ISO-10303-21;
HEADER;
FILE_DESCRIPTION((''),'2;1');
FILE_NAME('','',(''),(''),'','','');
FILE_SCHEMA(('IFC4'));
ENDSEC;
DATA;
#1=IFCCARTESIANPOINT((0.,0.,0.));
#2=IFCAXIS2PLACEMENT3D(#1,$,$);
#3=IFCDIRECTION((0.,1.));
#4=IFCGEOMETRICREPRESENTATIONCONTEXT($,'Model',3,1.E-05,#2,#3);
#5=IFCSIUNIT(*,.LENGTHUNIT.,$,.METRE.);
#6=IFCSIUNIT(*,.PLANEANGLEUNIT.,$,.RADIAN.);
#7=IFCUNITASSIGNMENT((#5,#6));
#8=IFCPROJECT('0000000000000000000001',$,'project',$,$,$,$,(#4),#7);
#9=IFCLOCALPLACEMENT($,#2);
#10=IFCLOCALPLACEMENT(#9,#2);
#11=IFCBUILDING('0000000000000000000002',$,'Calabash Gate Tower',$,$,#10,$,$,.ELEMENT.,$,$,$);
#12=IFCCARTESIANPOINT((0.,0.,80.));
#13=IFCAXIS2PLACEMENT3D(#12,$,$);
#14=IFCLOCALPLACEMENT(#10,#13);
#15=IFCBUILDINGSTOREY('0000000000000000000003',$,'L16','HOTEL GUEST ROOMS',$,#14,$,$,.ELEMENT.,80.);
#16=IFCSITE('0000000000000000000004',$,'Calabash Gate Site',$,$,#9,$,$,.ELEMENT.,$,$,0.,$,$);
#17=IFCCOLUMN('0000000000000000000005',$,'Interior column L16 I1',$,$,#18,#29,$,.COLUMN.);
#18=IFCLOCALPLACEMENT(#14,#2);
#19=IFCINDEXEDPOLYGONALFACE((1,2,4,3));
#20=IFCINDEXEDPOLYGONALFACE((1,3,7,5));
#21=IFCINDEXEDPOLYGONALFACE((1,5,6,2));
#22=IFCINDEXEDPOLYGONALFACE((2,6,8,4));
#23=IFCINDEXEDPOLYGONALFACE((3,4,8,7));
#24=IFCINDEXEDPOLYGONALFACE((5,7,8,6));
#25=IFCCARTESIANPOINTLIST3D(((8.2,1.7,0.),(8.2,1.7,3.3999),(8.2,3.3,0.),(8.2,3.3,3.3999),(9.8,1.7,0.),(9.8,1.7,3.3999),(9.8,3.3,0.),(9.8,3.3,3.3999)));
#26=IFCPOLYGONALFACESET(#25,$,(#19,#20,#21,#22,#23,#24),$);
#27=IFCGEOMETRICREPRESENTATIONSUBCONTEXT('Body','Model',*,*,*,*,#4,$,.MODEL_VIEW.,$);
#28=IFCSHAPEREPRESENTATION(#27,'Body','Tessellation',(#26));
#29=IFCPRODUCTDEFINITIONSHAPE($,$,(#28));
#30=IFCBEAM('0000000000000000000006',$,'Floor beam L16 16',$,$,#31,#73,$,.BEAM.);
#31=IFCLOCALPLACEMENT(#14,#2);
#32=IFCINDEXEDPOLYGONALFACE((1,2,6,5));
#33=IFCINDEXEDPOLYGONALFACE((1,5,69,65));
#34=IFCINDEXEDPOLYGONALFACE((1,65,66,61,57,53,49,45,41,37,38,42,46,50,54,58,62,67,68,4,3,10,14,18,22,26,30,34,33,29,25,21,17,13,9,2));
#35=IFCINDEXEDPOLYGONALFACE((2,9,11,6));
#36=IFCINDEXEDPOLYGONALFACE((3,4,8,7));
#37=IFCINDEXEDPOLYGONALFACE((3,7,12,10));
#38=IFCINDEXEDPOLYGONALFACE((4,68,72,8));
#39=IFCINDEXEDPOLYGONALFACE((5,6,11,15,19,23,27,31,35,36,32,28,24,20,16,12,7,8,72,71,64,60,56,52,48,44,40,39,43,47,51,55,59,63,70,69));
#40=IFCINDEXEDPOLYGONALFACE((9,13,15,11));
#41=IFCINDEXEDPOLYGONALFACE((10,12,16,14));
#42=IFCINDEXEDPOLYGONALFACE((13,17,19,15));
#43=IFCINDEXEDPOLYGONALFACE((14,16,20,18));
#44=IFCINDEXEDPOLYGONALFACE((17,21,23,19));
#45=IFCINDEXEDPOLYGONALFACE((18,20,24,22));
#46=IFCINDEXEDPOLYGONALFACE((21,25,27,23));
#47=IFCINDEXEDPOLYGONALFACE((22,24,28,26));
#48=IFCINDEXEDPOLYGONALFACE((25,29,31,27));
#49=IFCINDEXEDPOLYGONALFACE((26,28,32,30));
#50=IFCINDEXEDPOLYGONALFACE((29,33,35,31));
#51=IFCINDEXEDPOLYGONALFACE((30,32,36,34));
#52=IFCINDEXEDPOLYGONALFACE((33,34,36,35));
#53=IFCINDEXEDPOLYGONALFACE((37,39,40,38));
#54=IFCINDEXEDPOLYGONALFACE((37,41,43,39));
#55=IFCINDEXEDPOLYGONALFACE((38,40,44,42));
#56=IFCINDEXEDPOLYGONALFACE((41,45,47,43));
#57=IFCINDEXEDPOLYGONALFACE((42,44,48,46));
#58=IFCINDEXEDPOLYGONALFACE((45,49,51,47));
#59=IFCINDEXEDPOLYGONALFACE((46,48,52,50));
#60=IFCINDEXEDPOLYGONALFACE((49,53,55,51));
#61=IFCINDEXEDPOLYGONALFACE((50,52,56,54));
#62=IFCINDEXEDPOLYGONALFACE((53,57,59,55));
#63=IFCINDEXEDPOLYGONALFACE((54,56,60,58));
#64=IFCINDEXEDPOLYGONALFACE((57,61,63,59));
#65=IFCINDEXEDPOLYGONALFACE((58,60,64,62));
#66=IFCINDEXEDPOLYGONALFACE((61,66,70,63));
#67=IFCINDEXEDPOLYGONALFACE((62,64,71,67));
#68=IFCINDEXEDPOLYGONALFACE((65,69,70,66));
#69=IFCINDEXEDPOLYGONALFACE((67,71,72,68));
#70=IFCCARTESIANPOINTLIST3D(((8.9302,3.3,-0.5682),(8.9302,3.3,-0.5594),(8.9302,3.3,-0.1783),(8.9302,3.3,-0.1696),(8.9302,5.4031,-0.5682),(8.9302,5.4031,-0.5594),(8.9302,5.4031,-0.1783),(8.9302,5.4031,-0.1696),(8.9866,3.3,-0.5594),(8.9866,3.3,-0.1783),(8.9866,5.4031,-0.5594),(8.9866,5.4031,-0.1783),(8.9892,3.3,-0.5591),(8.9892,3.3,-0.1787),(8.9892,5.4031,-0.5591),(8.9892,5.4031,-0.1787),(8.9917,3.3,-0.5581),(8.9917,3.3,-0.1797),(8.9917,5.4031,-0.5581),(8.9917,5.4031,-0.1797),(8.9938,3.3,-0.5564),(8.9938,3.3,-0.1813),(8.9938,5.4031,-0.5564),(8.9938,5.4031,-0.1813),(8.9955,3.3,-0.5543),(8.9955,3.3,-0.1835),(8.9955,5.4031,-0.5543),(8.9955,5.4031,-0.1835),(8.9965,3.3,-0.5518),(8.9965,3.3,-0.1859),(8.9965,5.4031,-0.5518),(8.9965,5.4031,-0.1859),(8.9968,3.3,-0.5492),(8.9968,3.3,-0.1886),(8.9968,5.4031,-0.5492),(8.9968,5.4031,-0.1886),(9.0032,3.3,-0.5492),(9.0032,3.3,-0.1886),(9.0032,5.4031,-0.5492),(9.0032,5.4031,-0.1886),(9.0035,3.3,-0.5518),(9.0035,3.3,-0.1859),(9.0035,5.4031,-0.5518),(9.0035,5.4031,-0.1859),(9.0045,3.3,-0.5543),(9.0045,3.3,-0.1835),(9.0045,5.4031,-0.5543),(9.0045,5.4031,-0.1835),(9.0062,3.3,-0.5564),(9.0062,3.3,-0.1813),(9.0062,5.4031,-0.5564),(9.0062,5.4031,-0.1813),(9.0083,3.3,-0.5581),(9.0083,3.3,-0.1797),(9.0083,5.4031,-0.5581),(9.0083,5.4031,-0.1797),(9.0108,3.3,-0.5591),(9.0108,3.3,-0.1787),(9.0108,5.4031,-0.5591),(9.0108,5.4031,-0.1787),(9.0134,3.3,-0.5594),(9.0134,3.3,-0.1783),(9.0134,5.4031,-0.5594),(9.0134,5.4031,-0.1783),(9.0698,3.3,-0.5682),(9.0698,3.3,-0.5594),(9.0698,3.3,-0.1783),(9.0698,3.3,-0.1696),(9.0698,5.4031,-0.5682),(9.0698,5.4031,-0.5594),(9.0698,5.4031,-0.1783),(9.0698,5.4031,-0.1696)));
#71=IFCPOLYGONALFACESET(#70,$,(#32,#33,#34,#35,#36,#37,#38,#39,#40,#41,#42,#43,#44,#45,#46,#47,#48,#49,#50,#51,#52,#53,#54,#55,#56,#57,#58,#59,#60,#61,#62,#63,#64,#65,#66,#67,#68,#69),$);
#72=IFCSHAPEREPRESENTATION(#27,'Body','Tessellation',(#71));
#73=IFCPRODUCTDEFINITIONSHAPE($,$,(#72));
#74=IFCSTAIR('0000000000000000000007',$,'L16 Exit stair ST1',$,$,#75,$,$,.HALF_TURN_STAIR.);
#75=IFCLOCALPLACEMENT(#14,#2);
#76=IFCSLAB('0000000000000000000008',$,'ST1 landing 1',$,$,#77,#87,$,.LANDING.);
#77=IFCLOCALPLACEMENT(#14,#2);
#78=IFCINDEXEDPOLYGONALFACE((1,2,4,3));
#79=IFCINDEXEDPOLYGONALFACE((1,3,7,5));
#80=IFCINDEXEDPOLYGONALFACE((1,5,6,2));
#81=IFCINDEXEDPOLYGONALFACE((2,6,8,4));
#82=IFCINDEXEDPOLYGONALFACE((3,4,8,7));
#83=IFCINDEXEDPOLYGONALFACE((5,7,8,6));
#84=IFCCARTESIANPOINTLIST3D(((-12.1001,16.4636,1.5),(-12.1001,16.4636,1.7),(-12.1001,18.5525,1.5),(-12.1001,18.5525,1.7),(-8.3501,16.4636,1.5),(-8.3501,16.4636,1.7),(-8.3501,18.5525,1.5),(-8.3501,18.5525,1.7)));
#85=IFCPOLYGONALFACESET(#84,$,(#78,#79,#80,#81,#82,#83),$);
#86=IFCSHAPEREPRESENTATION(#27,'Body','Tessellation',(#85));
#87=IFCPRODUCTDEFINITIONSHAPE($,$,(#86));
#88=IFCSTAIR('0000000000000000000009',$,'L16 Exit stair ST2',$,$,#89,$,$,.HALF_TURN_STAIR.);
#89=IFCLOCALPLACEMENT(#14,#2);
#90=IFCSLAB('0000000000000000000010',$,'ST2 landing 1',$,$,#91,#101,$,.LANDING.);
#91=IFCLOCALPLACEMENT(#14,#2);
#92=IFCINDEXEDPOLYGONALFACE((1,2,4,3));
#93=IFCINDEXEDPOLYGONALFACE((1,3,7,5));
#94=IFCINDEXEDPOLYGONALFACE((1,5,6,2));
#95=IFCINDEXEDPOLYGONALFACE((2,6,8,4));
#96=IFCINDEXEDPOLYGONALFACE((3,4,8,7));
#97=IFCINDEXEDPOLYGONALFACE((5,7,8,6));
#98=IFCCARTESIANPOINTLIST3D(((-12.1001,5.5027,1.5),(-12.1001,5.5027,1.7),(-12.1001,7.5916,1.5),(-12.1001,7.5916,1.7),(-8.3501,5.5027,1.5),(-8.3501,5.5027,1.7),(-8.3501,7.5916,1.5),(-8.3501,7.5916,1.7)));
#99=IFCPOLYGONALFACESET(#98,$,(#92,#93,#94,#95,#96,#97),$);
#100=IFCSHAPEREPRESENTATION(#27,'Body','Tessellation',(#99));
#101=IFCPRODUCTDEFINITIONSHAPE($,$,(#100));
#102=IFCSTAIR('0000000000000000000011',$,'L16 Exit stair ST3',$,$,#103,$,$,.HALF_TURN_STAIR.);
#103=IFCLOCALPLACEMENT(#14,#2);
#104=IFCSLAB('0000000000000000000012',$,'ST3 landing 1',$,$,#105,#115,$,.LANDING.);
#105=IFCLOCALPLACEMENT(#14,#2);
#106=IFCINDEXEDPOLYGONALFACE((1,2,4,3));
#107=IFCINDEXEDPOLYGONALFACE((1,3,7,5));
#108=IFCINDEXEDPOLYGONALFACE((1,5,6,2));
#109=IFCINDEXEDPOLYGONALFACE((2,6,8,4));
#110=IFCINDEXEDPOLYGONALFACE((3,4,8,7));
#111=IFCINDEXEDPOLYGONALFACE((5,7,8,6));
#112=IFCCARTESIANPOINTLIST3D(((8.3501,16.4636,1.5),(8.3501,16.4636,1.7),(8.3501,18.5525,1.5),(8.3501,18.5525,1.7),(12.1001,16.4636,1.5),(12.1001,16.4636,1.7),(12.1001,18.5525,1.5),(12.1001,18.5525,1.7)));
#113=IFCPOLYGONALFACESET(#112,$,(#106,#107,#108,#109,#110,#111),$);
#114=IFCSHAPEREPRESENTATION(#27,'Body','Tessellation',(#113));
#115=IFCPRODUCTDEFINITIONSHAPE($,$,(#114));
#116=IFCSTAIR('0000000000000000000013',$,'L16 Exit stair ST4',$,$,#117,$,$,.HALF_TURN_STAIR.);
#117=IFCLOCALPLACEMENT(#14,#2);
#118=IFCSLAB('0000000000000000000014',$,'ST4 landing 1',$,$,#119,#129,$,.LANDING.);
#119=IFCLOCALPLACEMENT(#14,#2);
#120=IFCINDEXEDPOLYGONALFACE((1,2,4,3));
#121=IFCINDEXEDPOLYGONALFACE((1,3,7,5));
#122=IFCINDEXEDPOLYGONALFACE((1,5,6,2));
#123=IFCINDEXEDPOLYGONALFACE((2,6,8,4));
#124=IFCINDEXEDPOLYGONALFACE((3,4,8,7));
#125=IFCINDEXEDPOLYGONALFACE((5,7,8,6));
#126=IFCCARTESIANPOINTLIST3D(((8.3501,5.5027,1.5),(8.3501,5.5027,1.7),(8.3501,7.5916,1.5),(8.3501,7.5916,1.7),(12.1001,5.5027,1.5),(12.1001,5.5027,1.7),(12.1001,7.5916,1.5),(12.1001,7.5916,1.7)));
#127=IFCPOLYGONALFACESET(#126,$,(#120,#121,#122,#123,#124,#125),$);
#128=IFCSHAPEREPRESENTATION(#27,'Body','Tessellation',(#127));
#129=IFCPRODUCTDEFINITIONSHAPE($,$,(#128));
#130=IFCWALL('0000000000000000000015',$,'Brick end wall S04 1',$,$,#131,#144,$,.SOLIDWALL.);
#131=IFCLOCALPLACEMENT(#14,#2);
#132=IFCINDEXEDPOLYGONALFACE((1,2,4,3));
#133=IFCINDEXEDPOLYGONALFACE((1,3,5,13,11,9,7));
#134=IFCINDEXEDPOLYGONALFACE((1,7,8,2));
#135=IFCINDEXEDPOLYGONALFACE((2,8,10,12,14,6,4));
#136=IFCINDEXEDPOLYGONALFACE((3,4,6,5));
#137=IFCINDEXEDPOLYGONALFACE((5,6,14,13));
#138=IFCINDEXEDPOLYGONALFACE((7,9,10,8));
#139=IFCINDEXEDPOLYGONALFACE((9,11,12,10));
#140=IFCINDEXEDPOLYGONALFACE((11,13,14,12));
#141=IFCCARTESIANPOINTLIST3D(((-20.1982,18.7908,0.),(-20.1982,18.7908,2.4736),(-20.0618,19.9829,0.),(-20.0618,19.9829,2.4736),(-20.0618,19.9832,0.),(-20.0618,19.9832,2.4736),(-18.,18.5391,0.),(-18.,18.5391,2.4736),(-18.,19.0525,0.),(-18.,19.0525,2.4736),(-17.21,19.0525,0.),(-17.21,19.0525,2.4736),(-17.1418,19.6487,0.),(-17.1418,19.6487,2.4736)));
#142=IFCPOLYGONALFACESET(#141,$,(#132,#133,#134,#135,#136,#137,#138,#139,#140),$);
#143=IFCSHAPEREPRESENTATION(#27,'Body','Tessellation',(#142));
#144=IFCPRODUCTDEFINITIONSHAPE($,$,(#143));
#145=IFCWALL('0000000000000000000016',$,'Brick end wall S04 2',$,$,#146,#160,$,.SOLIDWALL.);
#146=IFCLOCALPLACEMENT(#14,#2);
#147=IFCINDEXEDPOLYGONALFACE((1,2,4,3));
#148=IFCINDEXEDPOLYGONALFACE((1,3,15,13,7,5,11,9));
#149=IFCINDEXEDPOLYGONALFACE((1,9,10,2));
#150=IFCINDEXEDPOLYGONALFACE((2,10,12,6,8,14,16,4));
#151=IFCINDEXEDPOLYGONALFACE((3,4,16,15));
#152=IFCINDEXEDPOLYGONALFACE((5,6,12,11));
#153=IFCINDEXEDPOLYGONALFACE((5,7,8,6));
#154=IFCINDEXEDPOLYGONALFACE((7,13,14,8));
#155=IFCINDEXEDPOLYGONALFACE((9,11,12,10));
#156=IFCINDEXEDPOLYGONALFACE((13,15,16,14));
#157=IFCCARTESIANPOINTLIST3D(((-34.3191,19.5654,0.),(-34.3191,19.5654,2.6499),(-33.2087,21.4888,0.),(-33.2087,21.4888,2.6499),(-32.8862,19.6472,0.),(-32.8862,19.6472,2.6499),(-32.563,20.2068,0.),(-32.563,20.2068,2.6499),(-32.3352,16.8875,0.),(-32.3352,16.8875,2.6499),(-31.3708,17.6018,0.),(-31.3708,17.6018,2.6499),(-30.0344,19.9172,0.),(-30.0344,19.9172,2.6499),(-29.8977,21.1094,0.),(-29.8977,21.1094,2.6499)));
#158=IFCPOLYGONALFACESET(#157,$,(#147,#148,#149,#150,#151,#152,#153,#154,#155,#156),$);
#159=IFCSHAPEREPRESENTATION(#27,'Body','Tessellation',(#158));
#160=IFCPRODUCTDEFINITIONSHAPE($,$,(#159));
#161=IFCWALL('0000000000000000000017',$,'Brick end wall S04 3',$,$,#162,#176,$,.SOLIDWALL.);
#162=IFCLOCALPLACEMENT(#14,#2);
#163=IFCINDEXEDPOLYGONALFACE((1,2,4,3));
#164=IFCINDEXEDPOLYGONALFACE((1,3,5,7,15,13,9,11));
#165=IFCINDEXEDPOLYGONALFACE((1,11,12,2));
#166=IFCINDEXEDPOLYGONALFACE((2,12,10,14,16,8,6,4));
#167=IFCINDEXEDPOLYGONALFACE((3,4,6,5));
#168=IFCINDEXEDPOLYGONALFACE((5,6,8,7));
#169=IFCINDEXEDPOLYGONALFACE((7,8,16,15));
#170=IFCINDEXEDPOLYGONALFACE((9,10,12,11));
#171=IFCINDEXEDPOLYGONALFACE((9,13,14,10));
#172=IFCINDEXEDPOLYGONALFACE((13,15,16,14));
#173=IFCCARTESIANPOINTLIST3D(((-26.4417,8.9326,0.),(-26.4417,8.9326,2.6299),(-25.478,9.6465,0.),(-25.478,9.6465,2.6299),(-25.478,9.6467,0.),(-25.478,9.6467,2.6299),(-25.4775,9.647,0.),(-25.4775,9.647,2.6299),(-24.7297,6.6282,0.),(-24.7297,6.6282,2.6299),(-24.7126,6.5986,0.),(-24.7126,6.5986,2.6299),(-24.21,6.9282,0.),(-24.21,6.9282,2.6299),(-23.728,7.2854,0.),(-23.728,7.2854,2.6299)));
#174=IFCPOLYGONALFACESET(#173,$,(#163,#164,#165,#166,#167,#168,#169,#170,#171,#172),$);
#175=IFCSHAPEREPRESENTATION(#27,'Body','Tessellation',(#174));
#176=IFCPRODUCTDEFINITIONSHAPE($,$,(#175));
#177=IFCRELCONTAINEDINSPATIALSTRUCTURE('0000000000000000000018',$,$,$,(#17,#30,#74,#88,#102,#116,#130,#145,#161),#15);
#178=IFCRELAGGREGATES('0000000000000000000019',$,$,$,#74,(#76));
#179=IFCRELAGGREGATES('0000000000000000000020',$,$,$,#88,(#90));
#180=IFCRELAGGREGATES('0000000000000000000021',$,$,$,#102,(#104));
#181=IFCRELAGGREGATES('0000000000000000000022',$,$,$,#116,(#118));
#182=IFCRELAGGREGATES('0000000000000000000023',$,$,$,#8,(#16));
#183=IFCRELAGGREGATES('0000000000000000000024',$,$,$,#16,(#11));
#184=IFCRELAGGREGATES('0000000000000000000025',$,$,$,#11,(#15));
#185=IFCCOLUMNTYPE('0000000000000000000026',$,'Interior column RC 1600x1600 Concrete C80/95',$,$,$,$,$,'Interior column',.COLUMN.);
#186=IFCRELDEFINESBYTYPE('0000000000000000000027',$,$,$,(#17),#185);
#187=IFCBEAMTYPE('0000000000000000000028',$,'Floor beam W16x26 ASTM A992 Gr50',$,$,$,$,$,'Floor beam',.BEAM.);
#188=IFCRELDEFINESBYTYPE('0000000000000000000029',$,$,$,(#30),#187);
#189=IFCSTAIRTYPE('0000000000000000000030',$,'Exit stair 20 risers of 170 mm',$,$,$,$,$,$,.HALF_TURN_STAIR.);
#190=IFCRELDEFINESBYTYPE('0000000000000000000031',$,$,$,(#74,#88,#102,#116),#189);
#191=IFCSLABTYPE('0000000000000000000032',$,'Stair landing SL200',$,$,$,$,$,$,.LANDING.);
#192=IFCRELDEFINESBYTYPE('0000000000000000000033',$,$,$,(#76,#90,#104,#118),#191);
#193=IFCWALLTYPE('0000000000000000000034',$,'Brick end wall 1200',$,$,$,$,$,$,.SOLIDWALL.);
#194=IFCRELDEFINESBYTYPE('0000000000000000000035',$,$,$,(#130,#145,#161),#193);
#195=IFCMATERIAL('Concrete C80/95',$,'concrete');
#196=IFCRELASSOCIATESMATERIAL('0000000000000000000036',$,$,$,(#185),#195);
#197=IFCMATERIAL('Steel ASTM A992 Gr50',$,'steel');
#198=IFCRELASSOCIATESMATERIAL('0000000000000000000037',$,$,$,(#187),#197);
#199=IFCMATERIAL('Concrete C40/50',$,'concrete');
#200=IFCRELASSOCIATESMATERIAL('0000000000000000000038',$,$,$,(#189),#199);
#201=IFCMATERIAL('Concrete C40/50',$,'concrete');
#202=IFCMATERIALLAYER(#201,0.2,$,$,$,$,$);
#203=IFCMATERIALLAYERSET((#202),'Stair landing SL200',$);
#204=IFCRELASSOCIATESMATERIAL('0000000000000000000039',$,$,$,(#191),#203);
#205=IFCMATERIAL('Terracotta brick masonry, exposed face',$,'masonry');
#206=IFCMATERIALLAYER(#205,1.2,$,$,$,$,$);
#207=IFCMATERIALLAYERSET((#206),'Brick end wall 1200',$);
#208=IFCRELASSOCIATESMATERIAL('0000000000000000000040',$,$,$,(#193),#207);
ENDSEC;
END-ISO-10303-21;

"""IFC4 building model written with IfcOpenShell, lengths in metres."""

from ifc_helpers import new_model, si_unit, direction, frame, origin, origin_2d, place, context, subcontext, project, spatial, polyline, rectangle, i_section, outline, extrude, material, layer, layer_set, material_profile, profile_set, type_object, element, aggregate, save


model = new_model("IFC4")

# Units and contexts
model_context = context("Model", 3, precision=1e-05, world=origin(), true_north=direction((0.0, 1.0)))
body_context = subcontext(model_context, "Body", "Model", "MODEL_VIEW")
ifc_project = project(units=[si_unit("LENGTHUNIT", "METRE"), si_unit("PLANEANGLEUNIT", "RADIAN")], contexts=[model_context])

# Site, building, storey
site_placement = place(None, origin())
site = spatial("IfcSite", under=ifc_project, at=site_placement, Name="Calabash Gate Site", CompositionType="ELEMENT", RefElevation=0.0)
building_placement = place(site_placement, origin())
building = spatial("IfcBuilding", under=site, at=building_placement, Name="Calabash Gate Tower", CompositionType="ELEMENT")
storey_placement = place(building_placement, frame((0.0, 0.0, 80.0)))
storey = spatial("IfcBuildingStorey", under=building, at=storey_placement, Name="L16", Description="HOTEL GUEST ROOMS", CompositionType="ELEMENT", Elevation=80.0)

# Column
ifc_material_1 = material(Name="Concrete C80/95", Category="concrete")
ifc_material_profile_1 = material_profile(ifc_material_1, rectangle(XDim=1.6001, YDim=1.6001, at=origin_2d()))
ifc_profile_set_1 = profile_set([ifc_material_profile_1], Name="Concrete C80/95")
column_type = type_object("IfcColumnType", Name="Interior column RC 1600x1600 Concrete C80/95", ElementType="Interior column", PredefinedType="COLUMN", material=ifc_profile_set_1)
column_placement = place(storey_placement, frame((9.0, 2.5, 0.0), z_axis=(0.0, 0.0, 1.0), x_axis=(1.0, 0.0, 0.0)))
element("IfcColumn", 1, at=column_placement, inside=storey, type_object=column_type, Name="Interior column L16 I1", PredefinedType="COLUMN", context=body_context, shape_type="SweptSolid", body=[
    extrude(rectangle(XDim=1.6001, YDim=1.6001, at=origin_2d()), origin(), (0.0, 0.0, 1.0), 3.3999),
])

# Beam
ifc_material_2 = material(Name="Steel ASTM A992 Gr50", Category="steel")
ifc_material_profile_2 = material_profile(ifc_material_2, i_section(OverallWidth=0.1396, OverallDepth=0.3987, WebThickness=0.0063, FlangeThickness=0.0088, FilletRadius=0.0103, at=origin_2d()))
ifc_profile_set_2 = profile_set([ifc_material_profile_2], Name="Steel ASTM A992 Gr50")
beam_type = type_object("IfcBeamType", Name="Floor beam W16x26 ASTM A992 Gr50", ElementType="Floor beam", PredefinedType="BEAM", material=ifc_profile_set_2)
beam_placement = place(storey_placement, frame((9.0, 3.3, -0.3689), z_axis=(0.0, 1.0, 0.0), x_axis=(-1.0, 0.0, 0.0)))
element("IfcBeam", 2, at=beam_placement, inside=storey, type_object=beam_type, Name="Floor beam L16 16", PredefinedType="BEAM", context=body_context, shape_type="SweptSolid", body=[
    extrude(i_section(OverallWidth=0.1396, OverallDepth=0.3987, WebThickness=0.0063, FlangeThickness=0.0088, FilletRadius=0.0103, at=origin_2d()), origin(), (0.0, 0.0, 1.0), 2.103),
])

# Stairs, slabs
ifc_material_3 = material(Name="Concrete C40/50", Category="concrete")
stair_type = type_object("IfcStairType", Name="Exit stair 20 risers of 170 mm", PredefinedType="HALF_TURN_STAIR", material=ifc_material_3)
stair_1_placement = place(storey_placement, origin())
stair_1 = element("IfcStair", 3, at=stair_1_placement, inside=storey, type_object=stair_type, Name="L16 Exit stair ST1", PredefinedType="HALF_TURN_STAIR")
ifc_material_4 = material(Name="Concrete C40/50", Category="concrete")
ifc_layer_1 = layer(ifc_material_4, 0.2)
ifc_layer_set_1 = layer_set([ifc_layer_1], Name="Stair landing SL200")
slab_type = type_object("IfcSlabType", Name="Stair landing SL200", PredefinedType="LANDING", material=ifc_layer_set_1)
slab_1_placement = place(storey_placement, frame((0.0, 0.0, 1.5)))
slab_1 = element("IfcSlab", 4, at=slab_1_placement, type_object=slab_type, Name="ST1 landing 1", PredefinedType="LANDING", context=body_context, shape_type="SweptSolid", body=[
    extrude(outline(polyline([(-8.3501, 16.4636), (-8.3501, 18.5525), (-12.1001, 18.5525), (-12.1001, 16.4636), (-8.3501, 16.4636)])), origin(), (0.0, 0.0, 1.0), 0.2),
])
aggregate(stair_1, [slab_1])
stair_2_placement = place(storey_placement, origin())
stair_2 = element("IfcStair", 5, at=stair_2_placement, inside=storey, type_object=stair_type, Name="L16 Exit stair ST2", PredefinedType="HALF_TURN_STAIR")
slab_2_placement = place(storey_placement, frame((0.0, 0.0, 1.5)))
slab_2 = element("IfcSlab", 6, at=slab_2_placement, type_object=slab_type, Name="ST2 landing 1", PredefinedType="LANDING", context=body_context, shape_type="SweptSolid", body=[
    extrude(outline(polyline([(-12.1001, 7.5916), (-12.1001, 5.5027), (-8.3501, 5.5027), (-8.3501, 7.5916), (-12.1001, 7.5916)])), origin(), (0.0, 0.0, 1.0), 0.2),
])
aggregate(stair_2, [slab_2])
stair_3_placement = place(storey_placement, origin())
stair_3 = element("IfcStair", 7, at=stair_3_placement, inside=storey, type_object=stair_type, Name="L16 Exit stair ST3", PredefinedType="HALF_TURN_STAIR")
slab_3_placement = place(storey_placement, frame((0.0, 0.0, 1.5)))
slab_3 = element("IfcSlab", 8, at=slab_3_placement, type_object=slab_type, Name="ST3 landing 1", PredefinedType="LANDING", context=body_context, shape_type="SweptSolid", body=[
    extrude(outline(polyline([(12.1001, 16.4636), (12.1001, 18.5525), (8.3501, 18.5525), (8.3501, 16.4636), (12.1001, 16.4636)])), origin(), (0.0, 0.0, 1.0), 0.2),
])
aggregate(stair_3, [slab_3])
stair_4_placement = place(storey_placement, origin())
stair_4 = element("IfcStair", 9, at=stair_4_placement, inside=storey, type_object=stair_type, Name="L16 Exit stair ST4", PredefinedType="HALF_TURN_STAIR")
slab_4_placement = place(storey_placement, frame((0.0, 0.0, 1.5)))
slab_4 = element("IfcSlab", 10, at=slab_4_placement, type_object=slab_type, Name="ST4 landing 1", PredefinedType="LANDING", context=body_context, shape_type="SweptSolid", body=[
    extrude(outline(polyline([(8.3501, 7.5916), (8.3501, 5.5027), (12.1001, 5.5027), (12.1001, 7.5916), (8.3501, 7.5916)])), origin(), (0.0, 0.0, 1.0), 0.2),
])
aggregate(stair_4, [slab_4])

# Walls
ifc_material_5 = material(Name="Terracotta brick masonry, exposed face", Category="masonry")
ifc_layer_2 = layer(ifc_material_5, 1.2)
ifc_layer_set_2 = layer_set([ifc_layer_2], Name="Brick end wall 1200")
wall_type_1 = type_object("IfcWallType", Name="Brick end wall 1200", PredefinedType="SOLIDWALL", material=ifc_layer_set_2)
wall_1_placement = place(storey_placement, origin())
element("IfcWall", 11, at=wall_1_placement, inside=storey, type_object=wall_type_1, Name="Brick end wall S04 1", PredefinedType="SOLIDWALL", context=body_context, shape_type="SweptSolid", body=[
    extrude(outline(polyline([(-20.0618, 19.9829), (-20.1982, 18.7908), (-18.0, 18.5391), (-18.0, 19.0525), (-17.21, 19.0525), (-17.1418, 19.6487), (-20.0618, 19.9832), (-20.0618, 19.9829), (-20.0618, 19.9829)])), origin(), (0.0, 0.0, 1.0), 2.4736),
])
wall_2_placement = place(storey_placement, origin())
element("IfcWall", 12, at=wall_2_placement, inside=storey, type_object=wall_type_1, Name="Brick end wall S04 2", PredefinedType="SOLIDWALL", context=body_context, shape_type="SweptSolid", body=[
    extrude(outline(polyline([(-29.8977, 21.1094), (-33.2087, 21.4888), (-34.3191, 19.5654), (-32.3352, 16.8875), (-31.3708, 17.6018), (-32.8862, 19.6472), (-32.563, 20.2068), (-30.0344, 19.9172), (-29.8977, 21.1094)])), origin(), (0.0, 0.0, 1.0), 2.6499),
])
wall_3_placement = place(storey_placement, origin())
element("IfcWall", 13, at=wall_3_placement, inside=storey, type_object=wall_type_1, Name="Brick end wall S04 3", PredefinedType="SOLIDWALL", context=body_context, shape_type="SweptSolid", body=[
    extrude(outline(polyline([(-23.728, 7.2854), (-25.4775, 9.647), (-25.478, 9.6467), (-25.478, 9.6465), (-26.4417, 8.9326), (-24.7126, 6.5986), (-24.7297, 6.6282), (-24.21, 6.9282), (-23.728, 7.2854)])), origin(), (0.0, 0.0, 1.0), 2.6299),
])

save(model, "model.ifc")
